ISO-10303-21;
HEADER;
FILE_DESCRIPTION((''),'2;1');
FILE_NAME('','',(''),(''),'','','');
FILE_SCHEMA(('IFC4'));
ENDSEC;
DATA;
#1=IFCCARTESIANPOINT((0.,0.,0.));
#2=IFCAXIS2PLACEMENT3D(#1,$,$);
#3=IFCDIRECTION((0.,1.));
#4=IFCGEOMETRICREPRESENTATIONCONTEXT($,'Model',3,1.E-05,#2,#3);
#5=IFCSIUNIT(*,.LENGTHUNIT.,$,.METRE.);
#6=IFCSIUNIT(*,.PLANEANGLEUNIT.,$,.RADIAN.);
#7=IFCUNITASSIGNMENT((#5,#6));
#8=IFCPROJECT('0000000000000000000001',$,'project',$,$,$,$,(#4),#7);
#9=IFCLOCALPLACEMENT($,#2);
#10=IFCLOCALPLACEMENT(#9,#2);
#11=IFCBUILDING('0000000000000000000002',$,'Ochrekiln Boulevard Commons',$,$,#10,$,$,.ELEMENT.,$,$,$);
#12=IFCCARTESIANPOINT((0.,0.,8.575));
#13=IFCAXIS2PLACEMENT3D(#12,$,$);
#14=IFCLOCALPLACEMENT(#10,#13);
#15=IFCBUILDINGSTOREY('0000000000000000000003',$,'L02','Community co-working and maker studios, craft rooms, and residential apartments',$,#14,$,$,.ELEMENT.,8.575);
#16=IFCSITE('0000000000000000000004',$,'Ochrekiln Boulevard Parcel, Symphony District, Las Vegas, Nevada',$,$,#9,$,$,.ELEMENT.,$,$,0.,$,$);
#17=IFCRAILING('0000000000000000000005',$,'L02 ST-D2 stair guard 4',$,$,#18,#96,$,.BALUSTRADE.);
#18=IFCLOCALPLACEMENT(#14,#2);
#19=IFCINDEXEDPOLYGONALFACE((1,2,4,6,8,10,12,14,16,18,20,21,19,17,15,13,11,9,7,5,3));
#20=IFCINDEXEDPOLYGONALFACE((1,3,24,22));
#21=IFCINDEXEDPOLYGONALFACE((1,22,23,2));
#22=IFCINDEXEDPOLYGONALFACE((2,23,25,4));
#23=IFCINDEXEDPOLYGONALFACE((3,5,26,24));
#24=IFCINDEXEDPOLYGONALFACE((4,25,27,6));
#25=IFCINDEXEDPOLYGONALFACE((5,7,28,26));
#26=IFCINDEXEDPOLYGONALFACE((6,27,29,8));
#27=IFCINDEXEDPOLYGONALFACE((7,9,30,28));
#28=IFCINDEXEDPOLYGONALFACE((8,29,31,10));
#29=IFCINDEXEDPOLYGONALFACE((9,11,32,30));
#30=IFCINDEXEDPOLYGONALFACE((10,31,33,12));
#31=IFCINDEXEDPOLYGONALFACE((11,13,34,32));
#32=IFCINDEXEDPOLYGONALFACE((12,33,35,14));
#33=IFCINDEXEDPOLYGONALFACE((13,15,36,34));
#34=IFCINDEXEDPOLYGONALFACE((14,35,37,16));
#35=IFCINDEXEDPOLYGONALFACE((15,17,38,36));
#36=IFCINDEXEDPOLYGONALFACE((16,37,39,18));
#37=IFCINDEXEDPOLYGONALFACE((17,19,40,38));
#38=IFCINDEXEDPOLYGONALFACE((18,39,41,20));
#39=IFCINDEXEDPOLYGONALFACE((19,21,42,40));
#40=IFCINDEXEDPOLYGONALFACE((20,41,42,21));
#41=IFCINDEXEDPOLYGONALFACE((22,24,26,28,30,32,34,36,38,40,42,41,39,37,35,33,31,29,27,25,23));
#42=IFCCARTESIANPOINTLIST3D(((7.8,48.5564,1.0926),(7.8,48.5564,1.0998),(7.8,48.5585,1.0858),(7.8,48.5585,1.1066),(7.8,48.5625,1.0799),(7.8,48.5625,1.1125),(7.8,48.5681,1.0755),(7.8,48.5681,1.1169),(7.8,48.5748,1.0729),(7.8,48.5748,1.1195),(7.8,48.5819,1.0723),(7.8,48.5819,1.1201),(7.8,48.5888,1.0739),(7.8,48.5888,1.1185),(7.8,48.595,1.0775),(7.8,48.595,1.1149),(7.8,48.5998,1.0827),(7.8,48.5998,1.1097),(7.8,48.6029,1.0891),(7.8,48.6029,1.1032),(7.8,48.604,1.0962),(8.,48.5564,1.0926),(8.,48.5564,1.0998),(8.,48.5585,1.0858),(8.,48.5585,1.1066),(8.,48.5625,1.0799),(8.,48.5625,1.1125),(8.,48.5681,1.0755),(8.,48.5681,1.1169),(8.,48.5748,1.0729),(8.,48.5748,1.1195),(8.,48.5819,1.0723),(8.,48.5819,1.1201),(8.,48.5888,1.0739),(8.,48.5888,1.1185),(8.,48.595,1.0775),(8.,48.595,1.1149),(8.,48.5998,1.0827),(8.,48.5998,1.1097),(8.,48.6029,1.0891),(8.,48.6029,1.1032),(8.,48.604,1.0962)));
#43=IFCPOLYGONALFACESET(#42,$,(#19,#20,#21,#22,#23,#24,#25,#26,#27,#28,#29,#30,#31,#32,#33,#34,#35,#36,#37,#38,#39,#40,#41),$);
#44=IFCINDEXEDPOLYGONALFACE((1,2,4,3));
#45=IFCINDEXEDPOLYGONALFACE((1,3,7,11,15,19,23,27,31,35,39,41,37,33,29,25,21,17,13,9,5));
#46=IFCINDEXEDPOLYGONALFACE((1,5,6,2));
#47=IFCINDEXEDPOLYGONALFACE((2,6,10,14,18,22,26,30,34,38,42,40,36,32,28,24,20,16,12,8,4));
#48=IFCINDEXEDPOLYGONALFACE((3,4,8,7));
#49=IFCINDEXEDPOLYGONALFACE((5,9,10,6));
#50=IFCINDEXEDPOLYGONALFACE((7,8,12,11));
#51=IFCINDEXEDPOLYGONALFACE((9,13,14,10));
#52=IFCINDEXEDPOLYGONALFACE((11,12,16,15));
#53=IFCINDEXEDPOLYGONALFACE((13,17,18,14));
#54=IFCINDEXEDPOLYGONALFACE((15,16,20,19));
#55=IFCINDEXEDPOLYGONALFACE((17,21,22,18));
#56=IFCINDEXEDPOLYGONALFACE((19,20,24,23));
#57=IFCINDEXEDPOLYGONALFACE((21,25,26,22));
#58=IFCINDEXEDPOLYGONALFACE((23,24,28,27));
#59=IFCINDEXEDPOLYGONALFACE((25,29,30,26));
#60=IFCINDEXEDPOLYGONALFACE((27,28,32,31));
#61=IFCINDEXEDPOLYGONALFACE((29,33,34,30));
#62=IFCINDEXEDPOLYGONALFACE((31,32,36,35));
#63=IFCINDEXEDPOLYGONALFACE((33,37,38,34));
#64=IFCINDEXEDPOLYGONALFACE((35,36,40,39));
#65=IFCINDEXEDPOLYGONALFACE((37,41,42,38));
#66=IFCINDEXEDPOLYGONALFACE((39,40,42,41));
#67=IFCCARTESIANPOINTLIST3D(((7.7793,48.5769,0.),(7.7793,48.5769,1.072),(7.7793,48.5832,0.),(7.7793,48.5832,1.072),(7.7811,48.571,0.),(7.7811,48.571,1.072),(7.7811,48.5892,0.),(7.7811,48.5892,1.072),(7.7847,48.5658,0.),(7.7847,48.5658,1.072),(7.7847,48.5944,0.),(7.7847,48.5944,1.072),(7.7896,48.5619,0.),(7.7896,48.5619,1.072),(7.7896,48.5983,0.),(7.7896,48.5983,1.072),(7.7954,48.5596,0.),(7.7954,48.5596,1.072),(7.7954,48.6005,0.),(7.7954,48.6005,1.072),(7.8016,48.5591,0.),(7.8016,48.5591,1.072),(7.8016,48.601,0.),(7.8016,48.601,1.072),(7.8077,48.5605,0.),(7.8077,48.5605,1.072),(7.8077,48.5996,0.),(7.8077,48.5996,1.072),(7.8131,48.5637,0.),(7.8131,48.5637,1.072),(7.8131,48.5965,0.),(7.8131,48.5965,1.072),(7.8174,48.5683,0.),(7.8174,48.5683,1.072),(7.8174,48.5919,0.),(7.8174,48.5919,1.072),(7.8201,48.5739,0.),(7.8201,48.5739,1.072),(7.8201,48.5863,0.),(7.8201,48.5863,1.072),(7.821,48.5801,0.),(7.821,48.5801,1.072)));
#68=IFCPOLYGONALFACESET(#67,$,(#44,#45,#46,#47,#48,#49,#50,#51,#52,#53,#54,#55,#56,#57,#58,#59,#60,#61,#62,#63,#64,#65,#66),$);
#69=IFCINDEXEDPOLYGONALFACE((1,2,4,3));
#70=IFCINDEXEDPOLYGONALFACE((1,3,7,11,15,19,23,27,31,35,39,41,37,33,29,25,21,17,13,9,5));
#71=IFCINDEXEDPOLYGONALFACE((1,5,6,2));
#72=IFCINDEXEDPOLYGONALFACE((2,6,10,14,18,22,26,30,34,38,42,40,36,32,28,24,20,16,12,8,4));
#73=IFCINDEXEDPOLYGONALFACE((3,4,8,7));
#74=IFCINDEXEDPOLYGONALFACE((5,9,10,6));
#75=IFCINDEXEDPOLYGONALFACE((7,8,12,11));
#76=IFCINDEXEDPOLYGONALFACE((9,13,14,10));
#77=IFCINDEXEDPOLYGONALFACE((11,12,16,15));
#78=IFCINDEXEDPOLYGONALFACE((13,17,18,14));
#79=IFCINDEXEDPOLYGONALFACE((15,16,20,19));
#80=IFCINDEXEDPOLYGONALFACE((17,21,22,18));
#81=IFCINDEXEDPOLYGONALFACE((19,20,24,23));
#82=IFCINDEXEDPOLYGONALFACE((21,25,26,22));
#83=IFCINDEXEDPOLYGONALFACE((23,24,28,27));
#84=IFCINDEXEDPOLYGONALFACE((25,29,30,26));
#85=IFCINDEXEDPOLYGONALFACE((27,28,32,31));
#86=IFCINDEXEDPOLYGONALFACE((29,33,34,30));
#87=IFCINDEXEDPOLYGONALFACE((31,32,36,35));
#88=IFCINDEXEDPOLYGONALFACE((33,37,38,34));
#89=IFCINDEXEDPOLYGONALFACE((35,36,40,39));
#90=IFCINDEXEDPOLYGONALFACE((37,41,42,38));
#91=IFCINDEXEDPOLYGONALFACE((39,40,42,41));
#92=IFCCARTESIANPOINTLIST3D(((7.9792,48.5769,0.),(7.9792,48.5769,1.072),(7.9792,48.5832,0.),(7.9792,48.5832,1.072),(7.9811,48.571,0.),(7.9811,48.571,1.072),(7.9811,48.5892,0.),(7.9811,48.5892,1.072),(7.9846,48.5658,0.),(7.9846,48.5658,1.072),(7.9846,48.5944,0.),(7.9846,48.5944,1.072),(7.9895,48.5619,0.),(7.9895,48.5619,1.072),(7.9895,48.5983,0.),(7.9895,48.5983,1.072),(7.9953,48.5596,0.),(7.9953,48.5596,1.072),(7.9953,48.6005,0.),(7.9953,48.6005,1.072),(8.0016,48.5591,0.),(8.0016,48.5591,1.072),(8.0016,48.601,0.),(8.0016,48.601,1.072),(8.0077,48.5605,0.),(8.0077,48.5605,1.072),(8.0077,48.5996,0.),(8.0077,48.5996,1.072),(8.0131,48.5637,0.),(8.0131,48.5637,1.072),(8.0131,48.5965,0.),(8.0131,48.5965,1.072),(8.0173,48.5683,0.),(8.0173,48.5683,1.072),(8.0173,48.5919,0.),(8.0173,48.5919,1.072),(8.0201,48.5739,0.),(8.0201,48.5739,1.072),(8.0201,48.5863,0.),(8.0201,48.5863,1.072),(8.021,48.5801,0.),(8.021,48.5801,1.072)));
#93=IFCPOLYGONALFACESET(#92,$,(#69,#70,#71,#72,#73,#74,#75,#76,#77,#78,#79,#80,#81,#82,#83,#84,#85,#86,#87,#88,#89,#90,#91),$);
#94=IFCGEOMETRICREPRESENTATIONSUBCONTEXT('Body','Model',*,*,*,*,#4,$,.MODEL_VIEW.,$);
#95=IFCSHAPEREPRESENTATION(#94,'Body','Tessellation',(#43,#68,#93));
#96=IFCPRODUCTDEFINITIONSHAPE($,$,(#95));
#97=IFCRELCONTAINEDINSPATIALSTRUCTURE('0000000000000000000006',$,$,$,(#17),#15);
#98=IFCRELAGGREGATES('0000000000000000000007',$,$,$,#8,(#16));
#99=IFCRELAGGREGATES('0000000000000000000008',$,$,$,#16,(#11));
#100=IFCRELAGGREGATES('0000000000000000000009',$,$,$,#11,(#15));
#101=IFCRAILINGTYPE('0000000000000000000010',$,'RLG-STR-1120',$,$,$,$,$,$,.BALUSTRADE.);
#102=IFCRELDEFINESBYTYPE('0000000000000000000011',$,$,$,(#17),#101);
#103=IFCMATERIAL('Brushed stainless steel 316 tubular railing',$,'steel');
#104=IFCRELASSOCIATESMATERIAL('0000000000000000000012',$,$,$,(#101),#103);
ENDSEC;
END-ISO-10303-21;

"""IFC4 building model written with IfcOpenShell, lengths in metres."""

from ifc_helpers import new_model, si_unit, direction, frame, origin, origin_2d, place, context, subcontext, project, spatial, circle, extrude, material, type_object, element, save


model = new_model("IFC4")

# Units and contexts
model_context = context("Model", 3, precision=1e-05, world=origin(), true_north=direction((0.0, 1.0)))
body_context = subcontext(model_context, "Body", "Model", "MODEL_VIEW")
ifc_project = project(units=[si_unit("LENGTHUNIT", "METRE"), si_unit("PLANEANGLEUNIT", "RADIAN")], contexts=[model_context])

# Site, building, storey
site_placement = place(None, origin())
site = spatial("IfcSite", under=ifc_project, at=site_placement, Name="Ochrekiln Boulevard Parcel, Symphony District, Las Vegas, Nevada", CompositionType="ELEMENT", RefElevation=0.0)
building_placement = place(site_placement, origin())
building = spatial("IfcBuilding", under=site, at=building_placement, Name="Ochrekiln Boulevard Commons", CompositionType="ELEMENT")
storey_placement = place(building_placement, frame((0.0, 0.0, 8.575)))
storey = spatial("IfcBuildingStorey", under=building, at=storey_placement, Name="L02", Description="Community co-working and maker studios, craft rooms, and residential apartments", CompositionType="ELEMENT", Elevation=8.575)

# Railing
ifc_material_1 = material(Name="Brushed stainless steel 316 tubular railing", Category="steel")
railing_type_1 = type_object("IfcRailingType", Name="RLG-STR-1120", PredefinedType="BALUSTRADE", material=ifc_material_1)
railing_1_placement = place(storey_placement, frame((7.8, 48.5801, 0.0)))
element("IfcRailing", 1, at=railing_1_placement, inside=storey, type_object=railing_type_1, Name="L02 ST-D2 stair guard 4", PredefinedType="BALUSTRADE", context=body_context, shape_type="SweptSolid", body=[
    extrude(circle(Radius=0.0239, at=origin_2d()), frame((0.0, 0.0, 1.0962), z_axis=(1.0, 0.0, 0.0), x_axis=(0.0, 1.0, 0.0)), (0.0, 0.0, 1.0), 0.2),
    extrude(circle(Radius=0.021, at=origin_2d()), origin(), (0.0, 0.0, 1.0), 1.072),
    extrude(circle(Radius=0.021, at=origin_2d()), frame((0.2, 0.0, 0.0)), (0.0, 0.0, 1.0), 1.072),
])

save(model, "model.ifc")
